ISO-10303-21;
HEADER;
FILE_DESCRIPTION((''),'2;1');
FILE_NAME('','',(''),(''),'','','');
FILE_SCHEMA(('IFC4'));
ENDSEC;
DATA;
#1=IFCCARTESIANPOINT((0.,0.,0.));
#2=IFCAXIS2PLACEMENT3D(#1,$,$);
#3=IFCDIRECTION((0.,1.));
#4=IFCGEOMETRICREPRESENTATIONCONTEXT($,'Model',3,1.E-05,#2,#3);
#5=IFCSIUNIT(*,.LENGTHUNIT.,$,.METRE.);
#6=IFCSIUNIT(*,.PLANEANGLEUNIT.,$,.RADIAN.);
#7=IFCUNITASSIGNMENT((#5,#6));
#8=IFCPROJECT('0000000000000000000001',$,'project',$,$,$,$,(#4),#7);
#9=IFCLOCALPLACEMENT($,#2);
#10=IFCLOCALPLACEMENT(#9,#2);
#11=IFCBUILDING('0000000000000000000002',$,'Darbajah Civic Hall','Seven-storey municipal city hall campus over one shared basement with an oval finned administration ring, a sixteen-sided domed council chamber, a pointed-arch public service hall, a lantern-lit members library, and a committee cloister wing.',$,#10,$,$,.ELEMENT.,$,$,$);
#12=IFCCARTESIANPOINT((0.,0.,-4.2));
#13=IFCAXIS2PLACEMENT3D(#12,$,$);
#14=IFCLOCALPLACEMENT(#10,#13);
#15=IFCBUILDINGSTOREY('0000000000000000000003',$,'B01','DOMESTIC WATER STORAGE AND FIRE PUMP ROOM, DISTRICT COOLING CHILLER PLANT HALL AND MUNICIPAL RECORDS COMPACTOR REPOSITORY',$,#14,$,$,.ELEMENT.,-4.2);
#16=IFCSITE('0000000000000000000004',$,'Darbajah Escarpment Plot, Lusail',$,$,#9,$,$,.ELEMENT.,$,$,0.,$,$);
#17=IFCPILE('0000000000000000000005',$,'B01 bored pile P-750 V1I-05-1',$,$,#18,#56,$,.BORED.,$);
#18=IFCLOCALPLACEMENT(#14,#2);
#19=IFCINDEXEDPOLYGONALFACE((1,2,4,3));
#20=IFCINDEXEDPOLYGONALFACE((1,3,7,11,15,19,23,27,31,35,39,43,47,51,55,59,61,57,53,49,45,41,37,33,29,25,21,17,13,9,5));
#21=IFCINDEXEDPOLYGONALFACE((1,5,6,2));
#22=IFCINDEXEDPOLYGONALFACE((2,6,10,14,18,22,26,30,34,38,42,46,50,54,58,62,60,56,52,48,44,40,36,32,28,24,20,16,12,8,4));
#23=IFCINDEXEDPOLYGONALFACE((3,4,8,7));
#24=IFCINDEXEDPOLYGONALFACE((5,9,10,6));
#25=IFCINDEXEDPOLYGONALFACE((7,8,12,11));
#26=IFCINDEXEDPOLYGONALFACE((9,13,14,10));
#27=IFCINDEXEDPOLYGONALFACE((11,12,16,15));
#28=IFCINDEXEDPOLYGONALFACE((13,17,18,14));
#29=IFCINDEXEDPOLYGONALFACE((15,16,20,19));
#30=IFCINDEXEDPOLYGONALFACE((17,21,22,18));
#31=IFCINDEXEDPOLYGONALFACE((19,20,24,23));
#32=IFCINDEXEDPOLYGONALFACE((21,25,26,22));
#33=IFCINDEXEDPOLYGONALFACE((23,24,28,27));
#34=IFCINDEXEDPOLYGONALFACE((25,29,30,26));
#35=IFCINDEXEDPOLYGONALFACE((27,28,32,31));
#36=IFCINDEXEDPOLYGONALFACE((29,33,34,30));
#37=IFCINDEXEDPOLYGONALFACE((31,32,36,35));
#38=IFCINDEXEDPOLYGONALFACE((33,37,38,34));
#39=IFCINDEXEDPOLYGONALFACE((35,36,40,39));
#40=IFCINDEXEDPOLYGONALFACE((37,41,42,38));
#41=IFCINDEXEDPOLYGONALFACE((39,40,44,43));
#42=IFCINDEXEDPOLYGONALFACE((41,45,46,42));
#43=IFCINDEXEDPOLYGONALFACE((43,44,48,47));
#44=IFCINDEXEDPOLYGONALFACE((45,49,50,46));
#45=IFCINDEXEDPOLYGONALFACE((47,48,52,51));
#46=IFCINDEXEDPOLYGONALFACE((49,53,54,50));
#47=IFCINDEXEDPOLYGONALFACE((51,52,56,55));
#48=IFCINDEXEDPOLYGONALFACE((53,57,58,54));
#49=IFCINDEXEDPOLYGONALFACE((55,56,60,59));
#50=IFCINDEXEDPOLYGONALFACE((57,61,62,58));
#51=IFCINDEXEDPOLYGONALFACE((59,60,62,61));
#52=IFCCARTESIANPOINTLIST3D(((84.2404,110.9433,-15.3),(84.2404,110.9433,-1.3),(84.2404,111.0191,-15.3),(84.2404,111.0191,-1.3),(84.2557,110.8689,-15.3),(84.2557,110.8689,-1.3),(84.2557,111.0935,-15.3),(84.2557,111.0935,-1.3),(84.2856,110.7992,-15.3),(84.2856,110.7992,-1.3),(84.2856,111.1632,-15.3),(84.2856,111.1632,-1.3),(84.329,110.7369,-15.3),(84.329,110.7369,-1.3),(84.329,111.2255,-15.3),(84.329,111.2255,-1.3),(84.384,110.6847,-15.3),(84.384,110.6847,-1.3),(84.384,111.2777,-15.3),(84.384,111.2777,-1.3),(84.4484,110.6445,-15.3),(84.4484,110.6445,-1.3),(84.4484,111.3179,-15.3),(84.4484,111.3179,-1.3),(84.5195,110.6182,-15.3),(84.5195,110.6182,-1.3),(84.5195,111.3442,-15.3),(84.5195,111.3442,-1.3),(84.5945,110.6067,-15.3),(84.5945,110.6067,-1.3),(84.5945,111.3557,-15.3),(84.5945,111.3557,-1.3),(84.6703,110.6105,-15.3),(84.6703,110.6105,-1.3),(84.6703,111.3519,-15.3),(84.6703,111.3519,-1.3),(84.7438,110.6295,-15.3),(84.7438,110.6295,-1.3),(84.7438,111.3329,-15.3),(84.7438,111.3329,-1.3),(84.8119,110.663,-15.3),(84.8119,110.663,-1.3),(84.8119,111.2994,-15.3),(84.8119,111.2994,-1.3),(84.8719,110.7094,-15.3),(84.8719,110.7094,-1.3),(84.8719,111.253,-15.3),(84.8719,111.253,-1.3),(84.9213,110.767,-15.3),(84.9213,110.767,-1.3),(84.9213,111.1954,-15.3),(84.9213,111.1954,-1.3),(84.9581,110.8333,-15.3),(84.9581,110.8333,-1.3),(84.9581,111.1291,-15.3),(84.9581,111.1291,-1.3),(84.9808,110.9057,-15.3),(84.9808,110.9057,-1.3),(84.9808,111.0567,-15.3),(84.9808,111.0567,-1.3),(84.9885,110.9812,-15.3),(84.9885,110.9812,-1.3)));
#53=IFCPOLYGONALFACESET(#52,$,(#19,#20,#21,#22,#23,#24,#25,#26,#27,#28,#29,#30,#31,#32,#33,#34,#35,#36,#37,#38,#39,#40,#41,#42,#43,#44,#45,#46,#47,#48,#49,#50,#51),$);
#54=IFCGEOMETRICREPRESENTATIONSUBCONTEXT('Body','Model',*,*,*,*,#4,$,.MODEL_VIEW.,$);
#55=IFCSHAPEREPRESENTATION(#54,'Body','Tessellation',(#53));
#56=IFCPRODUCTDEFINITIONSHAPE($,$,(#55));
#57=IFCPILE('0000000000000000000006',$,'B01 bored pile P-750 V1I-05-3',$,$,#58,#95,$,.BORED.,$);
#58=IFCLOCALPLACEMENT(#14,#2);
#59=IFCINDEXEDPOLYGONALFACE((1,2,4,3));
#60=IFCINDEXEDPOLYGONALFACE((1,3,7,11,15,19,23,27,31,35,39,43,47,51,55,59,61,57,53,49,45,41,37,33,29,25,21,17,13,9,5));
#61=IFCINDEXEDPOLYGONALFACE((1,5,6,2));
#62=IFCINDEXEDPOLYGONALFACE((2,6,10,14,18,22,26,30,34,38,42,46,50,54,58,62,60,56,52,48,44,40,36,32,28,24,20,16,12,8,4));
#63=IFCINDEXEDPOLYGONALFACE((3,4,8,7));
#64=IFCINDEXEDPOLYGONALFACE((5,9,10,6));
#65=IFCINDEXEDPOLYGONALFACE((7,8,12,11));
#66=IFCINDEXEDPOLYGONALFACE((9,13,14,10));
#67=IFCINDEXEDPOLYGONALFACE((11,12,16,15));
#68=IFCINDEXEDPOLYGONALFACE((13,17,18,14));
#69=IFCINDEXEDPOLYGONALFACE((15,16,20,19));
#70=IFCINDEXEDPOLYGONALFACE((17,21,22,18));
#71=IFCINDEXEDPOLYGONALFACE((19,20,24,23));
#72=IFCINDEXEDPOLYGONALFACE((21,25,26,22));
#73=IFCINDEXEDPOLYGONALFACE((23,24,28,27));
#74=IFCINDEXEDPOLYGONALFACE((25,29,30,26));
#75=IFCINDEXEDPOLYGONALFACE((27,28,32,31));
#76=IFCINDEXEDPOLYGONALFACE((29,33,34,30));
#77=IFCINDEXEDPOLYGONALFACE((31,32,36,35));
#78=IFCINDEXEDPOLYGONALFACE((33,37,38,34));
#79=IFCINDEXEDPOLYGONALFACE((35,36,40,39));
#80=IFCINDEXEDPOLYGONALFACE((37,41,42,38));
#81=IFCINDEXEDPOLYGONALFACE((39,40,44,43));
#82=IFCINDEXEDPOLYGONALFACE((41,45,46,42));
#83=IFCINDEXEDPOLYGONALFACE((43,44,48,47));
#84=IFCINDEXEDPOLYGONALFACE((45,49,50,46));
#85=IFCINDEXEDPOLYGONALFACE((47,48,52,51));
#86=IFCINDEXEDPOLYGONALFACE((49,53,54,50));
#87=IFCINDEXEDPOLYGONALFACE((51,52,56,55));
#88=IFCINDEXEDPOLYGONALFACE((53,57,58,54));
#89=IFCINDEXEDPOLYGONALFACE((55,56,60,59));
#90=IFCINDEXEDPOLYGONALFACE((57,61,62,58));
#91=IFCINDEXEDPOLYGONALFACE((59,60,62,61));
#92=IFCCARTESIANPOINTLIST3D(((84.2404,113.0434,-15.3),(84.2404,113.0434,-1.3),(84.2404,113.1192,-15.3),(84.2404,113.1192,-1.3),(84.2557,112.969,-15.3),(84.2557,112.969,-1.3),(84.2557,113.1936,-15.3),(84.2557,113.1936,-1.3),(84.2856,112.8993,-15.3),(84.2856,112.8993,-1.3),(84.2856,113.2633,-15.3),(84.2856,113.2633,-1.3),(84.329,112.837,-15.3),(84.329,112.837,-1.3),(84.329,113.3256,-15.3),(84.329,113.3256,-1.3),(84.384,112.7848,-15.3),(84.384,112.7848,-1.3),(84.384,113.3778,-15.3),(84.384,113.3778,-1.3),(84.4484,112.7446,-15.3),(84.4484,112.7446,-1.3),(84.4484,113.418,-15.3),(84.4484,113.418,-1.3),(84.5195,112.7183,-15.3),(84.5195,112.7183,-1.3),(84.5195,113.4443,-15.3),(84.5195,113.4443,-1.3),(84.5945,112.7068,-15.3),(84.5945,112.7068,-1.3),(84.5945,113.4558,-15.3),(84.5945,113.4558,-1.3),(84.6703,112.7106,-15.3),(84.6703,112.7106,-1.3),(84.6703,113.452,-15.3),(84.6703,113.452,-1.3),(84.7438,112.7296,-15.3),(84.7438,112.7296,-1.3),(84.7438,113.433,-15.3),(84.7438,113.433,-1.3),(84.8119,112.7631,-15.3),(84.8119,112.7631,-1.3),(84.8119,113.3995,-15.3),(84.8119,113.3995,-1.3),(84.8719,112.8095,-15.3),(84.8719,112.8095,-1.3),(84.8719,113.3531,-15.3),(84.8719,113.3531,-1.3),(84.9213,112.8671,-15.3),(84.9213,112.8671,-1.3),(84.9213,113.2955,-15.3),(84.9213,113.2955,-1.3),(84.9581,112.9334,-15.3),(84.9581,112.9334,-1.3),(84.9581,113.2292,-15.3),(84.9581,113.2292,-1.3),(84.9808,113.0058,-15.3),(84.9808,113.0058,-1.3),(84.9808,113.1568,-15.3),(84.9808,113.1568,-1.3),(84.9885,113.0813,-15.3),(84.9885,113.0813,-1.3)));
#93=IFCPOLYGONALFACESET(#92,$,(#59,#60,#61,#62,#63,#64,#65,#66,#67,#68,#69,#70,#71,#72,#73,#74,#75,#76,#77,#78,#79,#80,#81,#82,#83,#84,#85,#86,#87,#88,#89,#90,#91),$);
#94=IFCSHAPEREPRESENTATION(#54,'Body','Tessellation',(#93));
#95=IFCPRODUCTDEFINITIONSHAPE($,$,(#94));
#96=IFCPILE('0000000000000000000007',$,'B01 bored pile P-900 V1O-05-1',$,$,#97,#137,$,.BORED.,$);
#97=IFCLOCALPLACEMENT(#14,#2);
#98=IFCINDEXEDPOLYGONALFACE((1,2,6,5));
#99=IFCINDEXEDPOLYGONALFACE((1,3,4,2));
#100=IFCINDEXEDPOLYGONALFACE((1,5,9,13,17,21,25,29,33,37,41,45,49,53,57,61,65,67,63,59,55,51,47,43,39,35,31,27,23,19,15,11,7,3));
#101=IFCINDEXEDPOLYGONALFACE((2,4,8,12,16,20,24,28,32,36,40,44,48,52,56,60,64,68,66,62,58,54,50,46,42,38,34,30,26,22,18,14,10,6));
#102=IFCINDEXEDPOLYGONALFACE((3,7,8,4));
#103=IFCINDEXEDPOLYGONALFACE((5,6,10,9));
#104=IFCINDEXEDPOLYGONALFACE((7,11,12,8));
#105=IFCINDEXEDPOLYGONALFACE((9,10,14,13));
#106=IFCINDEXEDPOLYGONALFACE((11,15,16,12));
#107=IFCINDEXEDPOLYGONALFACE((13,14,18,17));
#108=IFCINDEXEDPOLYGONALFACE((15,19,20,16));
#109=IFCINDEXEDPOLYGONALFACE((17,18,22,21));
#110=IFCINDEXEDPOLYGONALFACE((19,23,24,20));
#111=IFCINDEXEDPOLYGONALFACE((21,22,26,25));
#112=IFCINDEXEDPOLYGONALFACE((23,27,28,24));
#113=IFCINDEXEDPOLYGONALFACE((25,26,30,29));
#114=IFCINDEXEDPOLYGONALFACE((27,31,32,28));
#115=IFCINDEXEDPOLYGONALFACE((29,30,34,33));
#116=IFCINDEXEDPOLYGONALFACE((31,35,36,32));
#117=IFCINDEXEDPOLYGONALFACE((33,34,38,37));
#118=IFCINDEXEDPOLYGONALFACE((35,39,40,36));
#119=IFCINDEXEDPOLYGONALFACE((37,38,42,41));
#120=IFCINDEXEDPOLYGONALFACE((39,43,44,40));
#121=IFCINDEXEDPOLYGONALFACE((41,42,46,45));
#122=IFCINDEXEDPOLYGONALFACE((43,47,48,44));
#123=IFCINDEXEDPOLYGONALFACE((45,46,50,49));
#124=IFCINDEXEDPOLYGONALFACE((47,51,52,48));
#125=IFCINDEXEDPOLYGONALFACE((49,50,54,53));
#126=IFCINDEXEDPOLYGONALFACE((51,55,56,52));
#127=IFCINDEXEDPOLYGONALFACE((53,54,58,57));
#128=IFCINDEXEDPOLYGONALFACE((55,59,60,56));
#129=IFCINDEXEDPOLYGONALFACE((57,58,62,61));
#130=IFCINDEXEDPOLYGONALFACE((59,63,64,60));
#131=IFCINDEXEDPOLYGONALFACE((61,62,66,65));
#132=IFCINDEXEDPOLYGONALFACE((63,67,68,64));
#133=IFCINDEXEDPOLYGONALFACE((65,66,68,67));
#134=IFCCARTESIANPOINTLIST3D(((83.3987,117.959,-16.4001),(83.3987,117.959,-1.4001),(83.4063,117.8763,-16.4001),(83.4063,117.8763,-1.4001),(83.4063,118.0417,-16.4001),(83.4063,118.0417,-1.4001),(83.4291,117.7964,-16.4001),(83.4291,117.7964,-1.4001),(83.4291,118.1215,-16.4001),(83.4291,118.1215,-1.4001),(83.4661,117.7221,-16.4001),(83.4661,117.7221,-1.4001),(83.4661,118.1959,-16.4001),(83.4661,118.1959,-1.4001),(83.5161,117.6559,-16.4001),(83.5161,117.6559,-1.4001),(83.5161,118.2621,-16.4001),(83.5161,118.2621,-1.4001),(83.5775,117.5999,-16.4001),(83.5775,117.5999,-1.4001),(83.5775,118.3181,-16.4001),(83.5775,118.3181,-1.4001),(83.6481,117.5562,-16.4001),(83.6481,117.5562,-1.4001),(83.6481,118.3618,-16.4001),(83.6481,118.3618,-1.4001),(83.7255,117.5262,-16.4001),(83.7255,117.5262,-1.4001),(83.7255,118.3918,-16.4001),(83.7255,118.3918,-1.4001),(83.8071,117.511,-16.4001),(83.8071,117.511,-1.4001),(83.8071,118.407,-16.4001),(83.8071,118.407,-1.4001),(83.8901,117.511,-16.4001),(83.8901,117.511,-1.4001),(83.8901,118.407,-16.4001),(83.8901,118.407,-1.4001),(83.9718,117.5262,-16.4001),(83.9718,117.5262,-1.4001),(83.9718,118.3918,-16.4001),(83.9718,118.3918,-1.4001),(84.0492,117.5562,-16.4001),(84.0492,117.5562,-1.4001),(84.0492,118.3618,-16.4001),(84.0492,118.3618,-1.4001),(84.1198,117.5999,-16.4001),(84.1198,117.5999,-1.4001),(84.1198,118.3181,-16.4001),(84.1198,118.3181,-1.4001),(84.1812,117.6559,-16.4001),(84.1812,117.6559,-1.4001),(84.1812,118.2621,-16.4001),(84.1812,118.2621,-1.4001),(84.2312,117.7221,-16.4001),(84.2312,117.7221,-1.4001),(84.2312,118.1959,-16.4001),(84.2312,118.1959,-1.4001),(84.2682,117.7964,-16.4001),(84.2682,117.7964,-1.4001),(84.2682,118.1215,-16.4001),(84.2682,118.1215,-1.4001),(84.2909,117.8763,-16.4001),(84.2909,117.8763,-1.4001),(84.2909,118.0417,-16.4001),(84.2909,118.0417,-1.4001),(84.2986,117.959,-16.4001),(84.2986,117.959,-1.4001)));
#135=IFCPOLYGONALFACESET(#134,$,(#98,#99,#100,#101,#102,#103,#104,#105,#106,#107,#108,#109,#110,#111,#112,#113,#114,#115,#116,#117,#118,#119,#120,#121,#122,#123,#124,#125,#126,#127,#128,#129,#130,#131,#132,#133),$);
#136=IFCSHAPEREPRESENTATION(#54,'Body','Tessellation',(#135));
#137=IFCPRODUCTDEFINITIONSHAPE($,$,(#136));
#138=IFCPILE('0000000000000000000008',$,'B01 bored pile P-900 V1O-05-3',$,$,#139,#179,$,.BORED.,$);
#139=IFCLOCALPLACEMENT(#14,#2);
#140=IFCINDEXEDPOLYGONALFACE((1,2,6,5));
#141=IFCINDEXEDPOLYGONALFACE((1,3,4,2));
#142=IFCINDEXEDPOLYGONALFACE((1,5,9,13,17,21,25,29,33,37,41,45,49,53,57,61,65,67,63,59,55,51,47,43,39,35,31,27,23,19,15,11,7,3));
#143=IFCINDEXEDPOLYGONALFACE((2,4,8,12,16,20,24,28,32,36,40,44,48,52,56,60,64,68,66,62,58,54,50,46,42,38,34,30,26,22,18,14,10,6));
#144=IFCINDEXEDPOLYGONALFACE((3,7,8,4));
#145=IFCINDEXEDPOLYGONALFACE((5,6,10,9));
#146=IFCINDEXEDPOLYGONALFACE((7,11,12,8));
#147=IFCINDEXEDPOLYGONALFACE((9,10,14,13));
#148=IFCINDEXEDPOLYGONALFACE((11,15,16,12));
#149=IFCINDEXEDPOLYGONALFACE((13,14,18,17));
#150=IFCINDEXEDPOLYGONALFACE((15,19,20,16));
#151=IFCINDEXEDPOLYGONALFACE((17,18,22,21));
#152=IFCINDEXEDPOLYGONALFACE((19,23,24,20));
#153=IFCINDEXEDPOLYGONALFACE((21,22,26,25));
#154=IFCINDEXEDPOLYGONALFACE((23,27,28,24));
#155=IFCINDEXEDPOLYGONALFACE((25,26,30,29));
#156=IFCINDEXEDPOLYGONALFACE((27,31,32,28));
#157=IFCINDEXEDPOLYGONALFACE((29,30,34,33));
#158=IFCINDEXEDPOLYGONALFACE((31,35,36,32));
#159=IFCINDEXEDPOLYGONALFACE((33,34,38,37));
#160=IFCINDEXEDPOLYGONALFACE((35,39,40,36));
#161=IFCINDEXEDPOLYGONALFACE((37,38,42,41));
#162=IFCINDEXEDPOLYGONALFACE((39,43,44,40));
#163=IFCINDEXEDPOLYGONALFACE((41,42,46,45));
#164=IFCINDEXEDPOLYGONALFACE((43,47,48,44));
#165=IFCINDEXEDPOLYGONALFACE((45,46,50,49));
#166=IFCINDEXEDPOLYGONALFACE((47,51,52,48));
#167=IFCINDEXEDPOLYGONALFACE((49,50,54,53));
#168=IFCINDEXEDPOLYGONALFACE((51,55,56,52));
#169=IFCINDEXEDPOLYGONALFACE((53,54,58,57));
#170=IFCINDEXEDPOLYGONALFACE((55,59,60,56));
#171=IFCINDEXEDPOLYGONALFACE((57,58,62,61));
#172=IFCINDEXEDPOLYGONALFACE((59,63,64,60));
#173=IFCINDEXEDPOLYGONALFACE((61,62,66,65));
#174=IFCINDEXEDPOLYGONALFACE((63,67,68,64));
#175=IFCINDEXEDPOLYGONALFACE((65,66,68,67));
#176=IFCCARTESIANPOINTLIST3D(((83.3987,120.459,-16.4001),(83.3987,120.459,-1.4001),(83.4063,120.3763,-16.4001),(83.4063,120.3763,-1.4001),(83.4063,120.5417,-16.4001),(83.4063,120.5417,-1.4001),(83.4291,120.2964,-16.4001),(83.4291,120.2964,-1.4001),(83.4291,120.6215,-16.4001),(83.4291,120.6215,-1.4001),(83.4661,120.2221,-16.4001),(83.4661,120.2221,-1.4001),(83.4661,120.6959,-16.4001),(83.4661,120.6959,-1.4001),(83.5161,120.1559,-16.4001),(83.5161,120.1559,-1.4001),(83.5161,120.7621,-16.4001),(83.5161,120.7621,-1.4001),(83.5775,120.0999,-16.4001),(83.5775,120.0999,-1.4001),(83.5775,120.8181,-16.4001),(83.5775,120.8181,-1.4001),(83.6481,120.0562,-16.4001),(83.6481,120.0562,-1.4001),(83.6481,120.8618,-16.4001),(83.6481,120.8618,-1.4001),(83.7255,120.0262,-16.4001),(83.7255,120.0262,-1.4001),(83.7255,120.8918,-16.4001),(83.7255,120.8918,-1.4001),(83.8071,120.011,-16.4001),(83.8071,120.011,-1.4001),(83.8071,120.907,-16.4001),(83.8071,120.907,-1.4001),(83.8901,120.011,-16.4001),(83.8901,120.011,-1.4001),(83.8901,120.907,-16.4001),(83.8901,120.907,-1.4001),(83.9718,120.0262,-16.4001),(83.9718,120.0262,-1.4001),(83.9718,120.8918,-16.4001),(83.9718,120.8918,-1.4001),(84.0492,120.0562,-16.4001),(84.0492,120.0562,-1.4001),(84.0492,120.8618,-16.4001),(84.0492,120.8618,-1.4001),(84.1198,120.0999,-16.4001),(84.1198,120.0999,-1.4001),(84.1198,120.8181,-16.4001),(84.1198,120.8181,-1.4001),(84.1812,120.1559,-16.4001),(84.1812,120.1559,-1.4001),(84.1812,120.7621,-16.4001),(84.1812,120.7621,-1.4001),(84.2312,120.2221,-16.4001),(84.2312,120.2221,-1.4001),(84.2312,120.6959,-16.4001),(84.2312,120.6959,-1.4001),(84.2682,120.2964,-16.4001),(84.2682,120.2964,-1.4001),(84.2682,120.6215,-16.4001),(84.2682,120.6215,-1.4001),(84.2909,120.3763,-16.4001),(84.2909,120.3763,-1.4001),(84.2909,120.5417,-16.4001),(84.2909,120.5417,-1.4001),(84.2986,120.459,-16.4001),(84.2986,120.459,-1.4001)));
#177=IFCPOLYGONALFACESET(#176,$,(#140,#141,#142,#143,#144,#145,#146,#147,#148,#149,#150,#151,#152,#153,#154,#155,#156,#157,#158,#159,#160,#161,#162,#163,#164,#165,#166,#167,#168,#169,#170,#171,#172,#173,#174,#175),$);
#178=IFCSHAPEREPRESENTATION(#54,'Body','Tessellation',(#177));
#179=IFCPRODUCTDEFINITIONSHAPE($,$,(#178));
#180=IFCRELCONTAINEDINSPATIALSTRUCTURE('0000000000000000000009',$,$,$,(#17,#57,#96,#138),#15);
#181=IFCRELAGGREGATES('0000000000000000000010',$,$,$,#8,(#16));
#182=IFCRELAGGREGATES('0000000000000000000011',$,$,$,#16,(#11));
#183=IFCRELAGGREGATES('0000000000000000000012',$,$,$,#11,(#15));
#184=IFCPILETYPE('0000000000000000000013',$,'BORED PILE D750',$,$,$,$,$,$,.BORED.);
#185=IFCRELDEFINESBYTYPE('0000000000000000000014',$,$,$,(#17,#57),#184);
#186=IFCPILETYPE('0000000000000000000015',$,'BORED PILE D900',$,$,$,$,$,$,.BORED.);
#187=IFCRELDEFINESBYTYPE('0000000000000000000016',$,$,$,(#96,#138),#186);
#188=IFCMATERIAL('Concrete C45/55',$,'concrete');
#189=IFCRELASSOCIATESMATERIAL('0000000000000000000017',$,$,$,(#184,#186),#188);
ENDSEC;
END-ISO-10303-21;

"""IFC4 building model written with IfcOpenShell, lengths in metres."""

from ifc_helpers import new_model, si_unit, direction, frame, origin, origin_2d, place, context, subcontext, project, spatial, circle, extrude, material, material_profile, profile_set, type_object, element, save


model = new_model("IFC4")

# Units and contexts
model_context = context("Model", 3, precision=1e-05, world=origin(), true_north=direction((0.0, 1.0)))
body_context = subcontext(model_context, "Body", "Model", "MODEL_VIEW")
ifc_project = project(units=[si_unit("LENGTHUNIT", "METRE"), si_unit("PLANEANGLEUNIT", "RADIAN")], contexts=[model_context])

# Site, building, storey
site_placement = place(None, origin())
site = spatial("IfcSite", under=ifc_project, at=site_placement, Name="Darbajah Escarpment Plot, Lusail", CompositionType="ELEMENT", RefElevation=0.0)
building_placement = place(site_placement, origin())
building = spatial("IfcBuilding", under=site, at=building_placement, Name="Darbajah Civic Hall", Description="Seven-storey municipal city hall campus over one shared basement with an oval finned administration ring, a sixteen-sided domed council chamber, a pointed-arch public service hall, a lantern-lit members library, and a committee cloister wing.", CompositionType="ELEMENT")
storey_placement = place(building_placement, frame((0.0, 0.0, -4.2)))
storey = spatial("IfcBuildingStorey", under=building, at=storey_placement, Name="B01", Description="DOMESTIC WATER STORAGE AND FIRE PUMP ROOM, DISTRICT COOLING CHILLER PLANT HALL AND MUNICIPAL RECORDS COMPACTOR REPOSITORY", CompositionType="ELEMENT", Elevation=-4.2)

# Piles
ifc_material_1 = material(Name="Concrete C45/55", Category="concrete")
ifc_material_profile_1 = material_profile(ifc_material_1, circle(Radius=0.375, at=origin_2d()), Name="BORED PILE D750")
ifc_profile_set_1 = profile_set([ifc_material_profile_1], Name="Concrete C45/55")
pile_type_1 = type_object("IfcPileType", Name="BORED PILE D750", PredefinedType="BORED", material=ifc_profile_set_1)
for number, where, z_axis, x_axis, name in (
    (1, (84.6135, 110.9812, -1.3), (0.0, 0.0, -1.0), (1.0, 0.0, 0.0), "B01 bored pile P-750 V1I-05-1"),
    (2, (84.6135, 113.0813, -1.3), (0.0, 0.0, -1.0), (1.0, 0.0, 0.0), "B01 bored pile P-750 V1I-05-3"),
):
    element("IfcPile", number, at=place(storey_placement, frame(where, z_axis=z_axis, x_axis=x_axis)), inside=storey, type_object=pile_type_1, Name=name, PredefinedType="BORED", context=body_context, shape_type="SweptSolid", body=[
        extrude(circle(Radius=0.375, at=origin_2d()), origin(), (0.0, 0.0, 1.0), 14.0),
    ])
ifc_material_profile_2 = material_profile(ifc_material_1, circle(Radius=0.45, at=origin_2d()), Name="BORED PILE D900")
ifc_profile_set_2 = profile_set([ifc_material_profile_2], Name="Concrete C45/55")
pile_type_2 = type_object("IfcPileType", Name="BORED PILE D900", PredefinedType="BORED", material=ifc_profile_set_2)
for number, where, z_axis, x_axis, name in (
    (3, (83.8486, 117.959, -1.4001), (0.0, 0.0, -1.0), (1.0, 0.0, 0.0), "B01 bored pile P-900 V1O-05-1"),
    (4, (83.8486, 120.459, -1.4001), (0.0, 0.0, -1.0), (1.0, 0.0, 0.0), "B01 bored pile P-900 V1O-05-3"),
):
    element("IfcPile", number, at=place(storey_placement, frame(where, z_axis=z_axis, x_axis=x_axis)), inside=storey, type_object=pile_type_2, Name=name, PredefinedType="BORED", context=body_context, shape_type="SweptSolid", body=[
        extrude(circle(Radius=0.45, at=origin_2d()), origin(), (0.0, 0.0, 1.0), 15.0),
    ])

save(model, "model.ifc")
